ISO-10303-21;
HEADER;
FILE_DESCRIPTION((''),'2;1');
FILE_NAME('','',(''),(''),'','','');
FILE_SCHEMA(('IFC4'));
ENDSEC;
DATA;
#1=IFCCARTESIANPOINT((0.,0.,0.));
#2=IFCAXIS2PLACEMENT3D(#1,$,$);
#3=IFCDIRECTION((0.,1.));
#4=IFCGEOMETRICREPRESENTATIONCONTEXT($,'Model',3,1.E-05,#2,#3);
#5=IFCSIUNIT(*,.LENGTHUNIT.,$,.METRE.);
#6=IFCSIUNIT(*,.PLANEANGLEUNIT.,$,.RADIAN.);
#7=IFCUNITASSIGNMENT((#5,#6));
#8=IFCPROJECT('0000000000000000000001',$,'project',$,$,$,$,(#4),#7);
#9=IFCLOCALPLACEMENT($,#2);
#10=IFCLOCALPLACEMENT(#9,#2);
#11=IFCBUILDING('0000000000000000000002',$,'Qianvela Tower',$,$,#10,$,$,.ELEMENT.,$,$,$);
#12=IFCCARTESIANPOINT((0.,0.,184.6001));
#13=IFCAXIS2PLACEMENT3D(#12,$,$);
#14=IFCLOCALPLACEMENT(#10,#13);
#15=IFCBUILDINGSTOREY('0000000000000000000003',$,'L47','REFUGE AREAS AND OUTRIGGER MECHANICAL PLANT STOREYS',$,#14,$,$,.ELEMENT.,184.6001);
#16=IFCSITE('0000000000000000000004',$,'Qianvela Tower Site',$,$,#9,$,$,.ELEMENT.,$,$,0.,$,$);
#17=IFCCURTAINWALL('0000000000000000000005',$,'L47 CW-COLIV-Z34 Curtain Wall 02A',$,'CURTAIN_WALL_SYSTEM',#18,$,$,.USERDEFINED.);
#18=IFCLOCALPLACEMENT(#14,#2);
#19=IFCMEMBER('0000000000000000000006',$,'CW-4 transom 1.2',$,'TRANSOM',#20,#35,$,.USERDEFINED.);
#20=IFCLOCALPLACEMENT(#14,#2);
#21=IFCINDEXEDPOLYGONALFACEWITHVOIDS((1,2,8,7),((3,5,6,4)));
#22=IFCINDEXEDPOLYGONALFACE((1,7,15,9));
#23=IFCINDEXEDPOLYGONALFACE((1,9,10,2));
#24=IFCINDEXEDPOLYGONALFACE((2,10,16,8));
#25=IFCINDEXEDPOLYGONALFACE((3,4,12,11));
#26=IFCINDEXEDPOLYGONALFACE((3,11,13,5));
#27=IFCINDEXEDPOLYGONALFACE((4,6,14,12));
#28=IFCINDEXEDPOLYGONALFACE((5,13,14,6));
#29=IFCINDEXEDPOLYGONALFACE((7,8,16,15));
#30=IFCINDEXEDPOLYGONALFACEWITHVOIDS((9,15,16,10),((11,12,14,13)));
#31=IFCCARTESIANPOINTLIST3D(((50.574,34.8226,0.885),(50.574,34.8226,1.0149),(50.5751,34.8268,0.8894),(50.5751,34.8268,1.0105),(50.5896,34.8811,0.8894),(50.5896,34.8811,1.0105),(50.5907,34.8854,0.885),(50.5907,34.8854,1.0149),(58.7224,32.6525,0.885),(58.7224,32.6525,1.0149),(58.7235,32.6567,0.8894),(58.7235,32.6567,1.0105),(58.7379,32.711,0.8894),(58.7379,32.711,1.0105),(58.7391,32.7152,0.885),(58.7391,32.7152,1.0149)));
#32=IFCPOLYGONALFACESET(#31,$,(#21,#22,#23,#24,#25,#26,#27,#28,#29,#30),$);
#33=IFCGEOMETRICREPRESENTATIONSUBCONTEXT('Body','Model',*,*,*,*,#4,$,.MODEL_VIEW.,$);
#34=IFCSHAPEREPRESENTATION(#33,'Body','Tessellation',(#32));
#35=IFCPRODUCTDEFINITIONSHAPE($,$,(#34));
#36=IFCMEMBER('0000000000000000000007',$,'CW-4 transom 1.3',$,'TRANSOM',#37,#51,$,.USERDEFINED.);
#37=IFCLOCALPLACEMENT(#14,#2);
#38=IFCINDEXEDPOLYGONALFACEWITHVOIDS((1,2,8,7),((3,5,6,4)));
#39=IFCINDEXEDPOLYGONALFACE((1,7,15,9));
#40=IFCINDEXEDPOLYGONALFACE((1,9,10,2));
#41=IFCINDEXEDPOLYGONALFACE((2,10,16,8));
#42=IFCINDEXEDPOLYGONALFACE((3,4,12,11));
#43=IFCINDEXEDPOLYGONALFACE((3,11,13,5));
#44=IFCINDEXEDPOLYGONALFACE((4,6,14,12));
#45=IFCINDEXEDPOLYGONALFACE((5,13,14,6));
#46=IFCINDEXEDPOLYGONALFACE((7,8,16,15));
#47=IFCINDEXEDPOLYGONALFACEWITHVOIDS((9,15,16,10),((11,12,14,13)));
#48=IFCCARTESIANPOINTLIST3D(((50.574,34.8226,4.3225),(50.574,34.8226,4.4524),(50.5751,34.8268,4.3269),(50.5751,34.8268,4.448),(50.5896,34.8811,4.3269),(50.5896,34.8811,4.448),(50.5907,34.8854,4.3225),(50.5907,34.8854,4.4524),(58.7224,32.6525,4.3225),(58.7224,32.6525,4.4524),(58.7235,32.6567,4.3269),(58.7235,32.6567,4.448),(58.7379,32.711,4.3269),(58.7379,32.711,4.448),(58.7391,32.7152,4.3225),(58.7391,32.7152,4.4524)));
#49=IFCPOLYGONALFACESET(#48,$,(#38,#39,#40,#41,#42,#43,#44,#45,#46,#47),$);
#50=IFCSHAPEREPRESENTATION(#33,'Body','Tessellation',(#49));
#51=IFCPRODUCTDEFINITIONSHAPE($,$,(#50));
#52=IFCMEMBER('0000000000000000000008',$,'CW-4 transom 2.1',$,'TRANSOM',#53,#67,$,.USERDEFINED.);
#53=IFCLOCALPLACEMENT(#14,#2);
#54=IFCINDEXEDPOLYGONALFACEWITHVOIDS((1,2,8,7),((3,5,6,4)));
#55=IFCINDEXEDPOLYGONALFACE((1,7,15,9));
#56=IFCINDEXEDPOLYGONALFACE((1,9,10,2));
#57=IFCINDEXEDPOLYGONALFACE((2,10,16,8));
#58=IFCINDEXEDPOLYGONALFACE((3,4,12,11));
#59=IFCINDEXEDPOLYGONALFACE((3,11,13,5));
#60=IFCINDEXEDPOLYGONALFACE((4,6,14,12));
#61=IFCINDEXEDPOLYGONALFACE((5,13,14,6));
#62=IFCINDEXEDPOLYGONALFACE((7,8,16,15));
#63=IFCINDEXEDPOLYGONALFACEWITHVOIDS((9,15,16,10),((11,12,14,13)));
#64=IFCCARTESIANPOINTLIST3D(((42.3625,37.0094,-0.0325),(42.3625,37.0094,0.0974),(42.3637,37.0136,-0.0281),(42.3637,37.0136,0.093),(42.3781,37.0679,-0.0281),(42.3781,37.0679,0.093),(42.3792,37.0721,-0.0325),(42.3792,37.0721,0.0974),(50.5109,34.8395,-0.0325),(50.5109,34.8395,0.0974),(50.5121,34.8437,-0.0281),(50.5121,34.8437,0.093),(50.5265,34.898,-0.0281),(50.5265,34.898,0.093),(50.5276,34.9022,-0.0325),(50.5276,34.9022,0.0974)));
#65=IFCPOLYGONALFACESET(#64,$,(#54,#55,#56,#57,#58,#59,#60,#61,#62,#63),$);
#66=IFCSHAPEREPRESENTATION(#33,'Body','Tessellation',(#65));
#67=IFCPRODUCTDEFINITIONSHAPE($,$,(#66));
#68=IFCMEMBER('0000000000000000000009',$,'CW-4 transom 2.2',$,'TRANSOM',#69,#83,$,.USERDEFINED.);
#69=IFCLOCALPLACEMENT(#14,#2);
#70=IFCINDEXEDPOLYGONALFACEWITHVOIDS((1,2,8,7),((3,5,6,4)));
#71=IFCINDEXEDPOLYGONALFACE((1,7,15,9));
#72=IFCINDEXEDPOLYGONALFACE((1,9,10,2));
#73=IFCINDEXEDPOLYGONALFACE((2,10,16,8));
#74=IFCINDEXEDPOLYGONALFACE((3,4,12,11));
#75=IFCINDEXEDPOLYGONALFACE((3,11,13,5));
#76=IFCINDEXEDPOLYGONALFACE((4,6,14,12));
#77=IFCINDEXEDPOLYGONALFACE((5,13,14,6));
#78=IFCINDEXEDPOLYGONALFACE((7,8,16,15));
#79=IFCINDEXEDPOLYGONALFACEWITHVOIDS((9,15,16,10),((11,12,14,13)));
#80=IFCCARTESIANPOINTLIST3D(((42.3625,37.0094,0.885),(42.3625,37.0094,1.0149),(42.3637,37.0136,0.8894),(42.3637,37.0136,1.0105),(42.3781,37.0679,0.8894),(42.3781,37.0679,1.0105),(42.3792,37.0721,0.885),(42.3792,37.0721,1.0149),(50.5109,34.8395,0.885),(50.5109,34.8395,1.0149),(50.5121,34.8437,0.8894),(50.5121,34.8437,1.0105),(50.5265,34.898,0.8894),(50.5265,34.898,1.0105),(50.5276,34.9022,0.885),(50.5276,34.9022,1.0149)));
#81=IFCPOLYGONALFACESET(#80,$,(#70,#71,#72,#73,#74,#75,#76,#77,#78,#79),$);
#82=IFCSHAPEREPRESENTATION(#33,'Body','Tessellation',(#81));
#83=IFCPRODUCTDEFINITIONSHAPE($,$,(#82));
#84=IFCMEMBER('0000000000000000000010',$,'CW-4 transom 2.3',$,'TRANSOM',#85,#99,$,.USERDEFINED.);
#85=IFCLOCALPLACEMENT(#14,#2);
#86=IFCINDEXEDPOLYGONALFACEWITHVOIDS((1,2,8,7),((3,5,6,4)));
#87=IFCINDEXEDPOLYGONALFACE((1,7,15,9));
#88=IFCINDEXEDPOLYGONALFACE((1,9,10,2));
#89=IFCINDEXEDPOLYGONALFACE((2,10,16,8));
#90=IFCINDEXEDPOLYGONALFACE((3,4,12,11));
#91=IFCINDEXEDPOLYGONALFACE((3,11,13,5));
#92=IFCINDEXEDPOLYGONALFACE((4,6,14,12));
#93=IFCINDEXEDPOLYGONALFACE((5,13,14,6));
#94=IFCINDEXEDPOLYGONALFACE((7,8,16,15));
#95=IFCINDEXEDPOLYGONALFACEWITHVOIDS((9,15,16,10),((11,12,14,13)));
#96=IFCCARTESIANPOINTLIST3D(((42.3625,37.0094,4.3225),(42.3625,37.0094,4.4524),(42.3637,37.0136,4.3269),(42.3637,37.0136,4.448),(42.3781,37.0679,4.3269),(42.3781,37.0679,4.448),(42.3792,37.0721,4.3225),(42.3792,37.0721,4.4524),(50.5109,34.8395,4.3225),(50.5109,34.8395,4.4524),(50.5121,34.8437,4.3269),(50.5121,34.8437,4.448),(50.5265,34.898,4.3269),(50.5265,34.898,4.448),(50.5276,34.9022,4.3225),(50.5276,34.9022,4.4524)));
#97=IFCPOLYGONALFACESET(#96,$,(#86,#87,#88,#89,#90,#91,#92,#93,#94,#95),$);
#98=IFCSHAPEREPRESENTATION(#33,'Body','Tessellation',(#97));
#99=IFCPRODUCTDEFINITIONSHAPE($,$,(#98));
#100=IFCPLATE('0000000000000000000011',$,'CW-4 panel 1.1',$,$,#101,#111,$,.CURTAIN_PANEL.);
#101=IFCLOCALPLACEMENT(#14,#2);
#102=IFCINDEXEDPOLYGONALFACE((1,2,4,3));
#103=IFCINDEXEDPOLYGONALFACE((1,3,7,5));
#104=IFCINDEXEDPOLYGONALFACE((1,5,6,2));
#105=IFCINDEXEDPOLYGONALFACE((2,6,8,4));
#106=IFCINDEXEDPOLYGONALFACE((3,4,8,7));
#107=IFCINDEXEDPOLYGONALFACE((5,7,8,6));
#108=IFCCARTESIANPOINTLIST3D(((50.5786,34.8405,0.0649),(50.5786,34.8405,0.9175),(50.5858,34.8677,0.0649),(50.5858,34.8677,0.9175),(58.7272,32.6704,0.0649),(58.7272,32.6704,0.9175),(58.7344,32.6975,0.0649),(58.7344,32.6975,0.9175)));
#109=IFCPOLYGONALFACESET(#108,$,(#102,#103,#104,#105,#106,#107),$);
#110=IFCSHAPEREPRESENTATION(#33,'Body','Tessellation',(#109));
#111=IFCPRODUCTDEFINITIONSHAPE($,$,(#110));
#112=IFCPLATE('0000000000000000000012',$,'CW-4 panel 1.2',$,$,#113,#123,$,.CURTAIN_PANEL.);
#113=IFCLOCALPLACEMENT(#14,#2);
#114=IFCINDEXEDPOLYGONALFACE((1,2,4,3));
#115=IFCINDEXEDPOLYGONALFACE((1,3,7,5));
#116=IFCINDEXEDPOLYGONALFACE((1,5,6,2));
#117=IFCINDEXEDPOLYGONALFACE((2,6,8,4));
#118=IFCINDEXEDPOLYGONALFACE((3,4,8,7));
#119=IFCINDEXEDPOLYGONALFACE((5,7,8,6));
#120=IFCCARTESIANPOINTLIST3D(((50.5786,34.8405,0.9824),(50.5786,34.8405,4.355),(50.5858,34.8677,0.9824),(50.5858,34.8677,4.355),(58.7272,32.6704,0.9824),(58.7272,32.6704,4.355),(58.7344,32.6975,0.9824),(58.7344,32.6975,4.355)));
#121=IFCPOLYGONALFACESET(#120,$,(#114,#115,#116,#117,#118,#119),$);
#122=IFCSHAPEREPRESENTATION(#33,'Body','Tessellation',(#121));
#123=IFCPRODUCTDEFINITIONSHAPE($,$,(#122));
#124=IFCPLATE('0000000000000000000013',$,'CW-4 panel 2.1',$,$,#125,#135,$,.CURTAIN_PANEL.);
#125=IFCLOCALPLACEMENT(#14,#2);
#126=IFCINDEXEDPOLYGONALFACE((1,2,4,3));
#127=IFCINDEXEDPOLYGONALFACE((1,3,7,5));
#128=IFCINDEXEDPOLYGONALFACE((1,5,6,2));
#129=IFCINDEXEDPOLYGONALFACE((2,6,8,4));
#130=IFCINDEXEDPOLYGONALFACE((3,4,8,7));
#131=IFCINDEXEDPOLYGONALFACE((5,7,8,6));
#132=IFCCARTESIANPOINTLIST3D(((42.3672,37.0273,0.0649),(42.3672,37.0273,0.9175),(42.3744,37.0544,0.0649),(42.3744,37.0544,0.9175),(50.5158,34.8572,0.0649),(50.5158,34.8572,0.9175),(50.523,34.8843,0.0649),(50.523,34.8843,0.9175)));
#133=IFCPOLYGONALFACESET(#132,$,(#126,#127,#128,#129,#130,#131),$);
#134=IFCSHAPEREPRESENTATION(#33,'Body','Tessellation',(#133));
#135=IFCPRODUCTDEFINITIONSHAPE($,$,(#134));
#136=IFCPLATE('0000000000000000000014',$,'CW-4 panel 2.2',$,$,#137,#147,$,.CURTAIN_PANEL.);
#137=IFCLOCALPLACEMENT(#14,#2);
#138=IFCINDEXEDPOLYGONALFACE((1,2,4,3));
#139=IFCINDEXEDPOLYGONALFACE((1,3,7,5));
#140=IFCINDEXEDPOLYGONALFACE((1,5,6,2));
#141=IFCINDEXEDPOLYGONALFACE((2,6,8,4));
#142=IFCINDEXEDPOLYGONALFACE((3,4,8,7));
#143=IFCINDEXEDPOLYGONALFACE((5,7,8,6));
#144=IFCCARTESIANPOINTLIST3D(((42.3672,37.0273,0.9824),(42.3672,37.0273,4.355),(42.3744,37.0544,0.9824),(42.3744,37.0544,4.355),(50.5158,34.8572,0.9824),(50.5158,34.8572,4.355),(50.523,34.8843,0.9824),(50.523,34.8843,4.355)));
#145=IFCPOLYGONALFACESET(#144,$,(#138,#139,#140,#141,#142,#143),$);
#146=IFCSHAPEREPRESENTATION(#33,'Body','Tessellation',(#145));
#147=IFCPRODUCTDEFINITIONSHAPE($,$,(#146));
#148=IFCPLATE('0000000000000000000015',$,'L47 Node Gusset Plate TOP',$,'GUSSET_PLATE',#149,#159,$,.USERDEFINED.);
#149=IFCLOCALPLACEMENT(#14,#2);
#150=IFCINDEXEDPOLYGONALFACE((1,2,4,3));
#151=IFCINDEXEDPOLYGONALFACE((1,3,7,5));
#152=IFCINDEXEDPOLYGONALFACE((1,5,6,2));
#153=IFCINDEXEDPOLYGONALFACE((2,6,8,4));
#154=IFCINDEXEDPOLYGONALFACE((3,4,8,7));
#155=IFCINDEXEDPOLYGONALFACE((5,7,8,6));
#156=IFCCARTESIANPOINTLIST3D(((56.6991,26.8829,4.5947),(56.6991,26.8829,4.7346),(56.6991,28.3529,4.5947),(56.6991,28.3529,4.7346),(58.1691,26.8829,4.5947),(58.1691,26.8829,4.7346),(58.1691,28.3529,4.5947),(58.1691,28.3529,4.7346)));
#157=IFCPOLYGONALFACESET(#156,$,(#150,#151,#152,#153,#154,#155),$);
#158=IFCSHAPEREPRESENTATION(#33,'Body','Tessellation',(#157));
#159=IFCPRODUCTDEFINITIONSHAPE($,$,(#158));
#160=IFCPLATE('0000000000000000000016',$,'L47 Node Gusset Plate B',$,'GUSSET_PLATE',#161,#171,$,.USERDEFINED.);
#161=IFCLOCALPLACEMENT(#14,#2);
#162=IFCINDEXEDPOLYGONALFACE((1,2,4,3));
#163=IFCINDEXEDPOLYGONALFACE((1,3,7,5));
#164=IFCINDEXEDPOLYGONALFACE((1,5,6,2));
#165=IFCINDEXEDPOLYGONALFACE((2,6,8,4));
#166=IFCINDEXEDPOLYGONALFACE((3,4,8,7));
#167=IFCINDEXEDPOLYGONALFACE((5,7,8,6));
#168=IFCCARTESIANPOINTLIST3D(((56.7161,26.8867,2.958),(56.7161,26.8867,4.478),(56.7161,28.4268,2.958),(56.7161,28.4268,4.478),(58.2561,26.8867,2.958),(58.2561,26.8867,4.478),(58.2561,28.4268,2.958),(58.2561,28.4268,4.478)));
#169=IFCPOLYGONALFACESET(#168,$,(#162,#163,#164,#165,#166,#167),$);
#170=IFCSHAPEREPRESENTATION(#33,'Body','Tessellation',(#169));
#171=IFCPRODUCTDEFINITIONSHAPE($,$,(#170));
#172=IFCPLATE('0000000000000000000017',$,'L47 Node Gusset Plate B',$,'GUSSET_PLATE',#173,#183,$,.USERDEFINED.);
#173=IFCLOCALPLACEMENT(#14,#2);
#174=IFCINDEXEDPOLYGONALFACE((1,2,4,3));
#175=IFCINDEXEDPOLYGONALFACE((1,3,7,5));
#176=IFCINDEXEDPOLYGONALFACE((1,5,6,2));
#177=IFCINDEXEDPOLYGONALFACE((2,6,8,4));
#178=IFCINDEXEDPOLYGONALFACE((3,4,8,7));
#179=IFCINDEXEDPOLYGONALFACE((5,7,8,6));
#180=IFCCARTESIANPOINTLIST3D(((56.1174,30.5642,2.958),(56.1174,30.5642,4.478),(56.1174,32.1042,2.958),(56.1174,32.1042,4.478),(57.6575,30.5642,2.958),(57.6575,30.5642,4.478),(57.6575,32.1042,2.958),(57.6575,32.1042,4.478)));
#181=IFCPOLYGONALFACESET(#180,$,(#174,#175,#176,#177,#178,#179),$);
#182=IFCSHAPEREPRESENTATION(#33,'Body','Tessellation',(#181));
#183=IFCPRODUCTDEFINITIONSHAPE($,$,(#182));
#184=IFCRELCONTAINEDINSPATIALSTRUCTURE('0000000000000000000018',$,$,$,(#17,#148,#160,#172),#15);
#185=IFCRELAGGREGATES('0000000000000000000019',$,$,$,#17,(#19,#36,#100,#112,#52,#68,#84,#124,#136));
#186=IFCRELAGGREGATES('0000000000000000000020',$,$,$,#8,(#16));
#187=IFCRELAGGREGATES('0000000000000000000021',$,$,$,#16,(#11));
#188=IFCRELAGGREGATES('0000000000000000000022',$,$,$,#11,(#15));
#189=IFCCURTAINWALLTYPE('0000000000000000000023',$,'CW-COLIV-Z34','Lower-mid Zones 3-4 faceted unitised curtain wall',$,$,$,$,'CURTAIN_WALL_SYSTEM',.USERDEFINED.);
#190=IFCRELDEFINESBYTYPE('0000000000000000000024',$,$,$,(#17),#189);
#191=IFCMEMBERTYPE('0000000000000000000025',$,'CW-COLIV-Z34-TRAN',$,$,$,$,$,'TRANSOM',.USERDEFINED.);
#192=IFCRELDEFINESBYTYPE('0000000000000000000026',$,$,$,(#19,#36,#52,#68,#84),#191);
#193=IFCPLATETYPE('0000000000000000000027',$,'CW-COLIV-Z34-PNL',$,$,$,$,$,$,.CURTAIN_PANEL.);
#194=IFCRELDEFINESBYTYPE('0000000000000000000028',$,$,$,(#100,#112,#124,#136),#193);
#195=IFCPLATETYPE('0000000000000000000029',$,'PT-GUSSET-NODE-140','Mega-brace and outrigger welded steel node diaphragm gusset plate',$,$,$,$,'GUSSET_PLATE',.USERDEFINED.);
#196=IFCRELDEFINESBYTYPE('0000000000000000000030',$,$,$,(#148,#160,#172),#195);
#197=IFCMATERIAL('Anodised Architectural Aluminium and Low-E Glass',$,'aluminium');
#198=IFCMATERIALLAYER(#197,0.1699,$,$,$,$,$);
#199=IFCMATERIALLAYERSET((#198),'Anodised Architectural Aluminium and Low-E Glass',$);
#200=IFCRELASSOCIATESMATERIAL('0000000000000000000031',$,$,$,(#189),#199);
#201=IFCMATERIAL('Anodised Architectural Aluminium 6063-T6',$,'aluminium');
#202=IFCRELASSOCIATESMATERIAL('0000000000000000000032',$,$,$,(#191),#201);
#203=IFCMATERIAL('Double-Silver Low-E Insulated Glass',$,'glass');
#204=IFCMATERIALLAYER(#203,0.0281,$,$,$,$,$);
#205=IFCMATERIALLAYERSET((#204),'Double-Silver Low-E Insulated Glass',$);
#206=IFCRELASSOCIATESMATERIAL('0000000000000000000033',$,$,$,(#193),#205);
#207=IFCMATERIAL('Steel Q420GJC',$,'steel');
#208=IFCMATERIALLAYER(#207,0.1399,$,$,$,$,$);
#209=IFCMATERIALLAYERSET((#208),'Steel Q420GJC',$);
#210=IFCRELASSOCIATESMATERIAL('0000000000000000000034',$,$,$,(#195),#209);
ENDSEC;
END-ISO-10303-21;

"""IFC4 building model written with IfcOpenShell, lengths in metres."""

from ifc_helpers import new_model, si_unit, direction, frame, origin, origin_2d, place, context, subcontext, project, spatial, rectangle, hollow_rectangle, extrude, material, layer, layer_set, material_profile, profile_set, type_object, element, aggregate, save


model = new_model("IFC4")

# Units and contexts
model_context = context("Model", 3, precision=1e-05, world=origin(), true_north=direction((0.0, 1.0)))
body_context = subcontext(model_context, "Body", "Model", "MODEL_VIEW")
ifc_project = project(units=[si_unit("LENGTHUNIT", "METRE"), si_unit("PLANEANGLEUNIT", "RADIAN")], contexts=[model_context])

# Site, building, storey
site_placement = place(None, origin())
site = spatial("IfcSite", under=ifc_project, at=site_placement, Name="Qianvela Tower Site", CompositionType="ELEMENT", RefElevation=0.0)
building_placement = place(site_placement, origin())
building = spatial("IfcBuilding", under=site, at=building_placement, Name="Qianvela Tower", CompositionType="ELEMENT")
storey_placement = place(building_placement, frame((0.0, 0.0, 184.6001)))
storey = spatial("IfcBuildingStorey", under=building, at=storey_placement, Name="L47", Description="REFUGE AREAS AND OUTRIGGER MECHANICAL PLANT STOREYS", CompositionType="ELEMENT", Elevation=184.6001)

# Curtain wall
ifc_material_1 = material(Name="Anodised Architectural Aluminium and Low-E Glass", Category="aluminium")
ifc_layer_1 = layer(ifc_material_1, 0.1699)
ifc_layer_set_1 = layer_set([ifc_layer_1], Name="Anodised Architectural Aluminium and Low-E Glass")
curtain_wall_type = type_object("IfcCurtainWallType", Name="CW-COLIV-Z34", Description="Lower-mid Zones 3-4 faceted unitised curtain wall", ElementType="CURTAIN_WALL_SYSTEM", PredefinedType="USERDEFINED", material=ifc_layer_set_1)
curtain_wall_1_placement = place(storey_placement, origin())
curtain_wall_1 = element("IfcCurtainWall", 1, at=curtain_wall_1_placement, inside=storey, type_object=curtain_wall_type, Name="L47 CW-COLIV-Z34 Curtain Wall 02A", ObjectType="CURTAIN_WALL_SYSTEM", PredefinedType="USERDEFINED")

# Members
ifc_material_2 = material(Name="Anodised Architectural Aluminium 6063-T6", Category="aluminium")
ifc_material_profile_1 = material_profile(ifc_material_2, hollow_rectangle(XDim=0.0649, YDim=0.1299, WallThickness=0.0044, at=origin_2d()), Name="ALU-TRAN-65x130")
ifc_profile_set_1 = profile_set([ifc_material_profile_1], Name="Anodised Architectural Aluminium 6063-T6")
member_type_1 = type_object("IfcMemberType", Name="CW-COLIV-Z34-TRAN", ElementType="TRANSOM", PredefinedType="USERDEFINED", material=ifc_profile_set_1)
member_1_placement = place(storey_placement, frame((58.7307, 32.6838, 0.95), z_axis=(-0.966316, 0.257358, 0.0), x_axis=(-0.257358, -0.966316, 0.0)))
member_1 = element("IfcMember", 2, at=member_1_placement, type_object=member_type_1, Name="CW-4 transom 1.2", ObjectType="TRANSOM", PredefinedType="USERDEFINED", context=body_context, shape_type="SweptSolid", body=[
    extrude(hollow_rectangle(XDim=0.0649, YDim=0.1299, WallThickness=0.0044, at=origin_2d()), origin(), (0.0, 0.0, 1.0), 8.4324),
])
member_2_placement = place(storey_placement, frame((58.7307, 32.6838, 4.3875), z_axis=(-0.966316, 0.257358, 0.0), x_axis=(-0.257358, -0.966316, 0.0)))
member_2 = element("IfcMember", 3, at=member_2_placement, type_object=member_type_1, Name="CW-4 transom 1.3", ObjectType="TRANSOM", PredefinedType="USERDEFINED", context=body_context, shape_type="SweptSolid", body=[
    extrude(hollow_rectangle(XDim=0.0649, YDim=0.1299, WallThickness=0.0044, at=origin_2d()), origin(), (0.0, 0.0, 1.0), 8.4324),
])
member_3_placement = place(storey_placement, frame((50.5193, 34.8708, 0.0325), z_axis=(-0.966323, 0.257331, 0.0), x_axis=(-0.257331, -0.966323, 0.0)))
member_3 = element("IfcMember", 4, at=member_3_placement, type_object=member_type_1, Name="CW-4 transom 2.1", ObjectType="TRANSOM", PredefinedType="USERDEFINED", context=body_context, shape_type="SweptSolid", body=[
    extrude(hollow_rectangle(XDim=0.0649, YDim=0.1299, WallThickness=0.0044, at=origin_2d()), origin(), (0.0, 0.0, 1.0), 8.4324),
])
member_4_placement = place(storey_placement, frame((50.5193, 34.8708, 0.95), z_axis=(-0.966323, 0.257331, 0.0), x_axis=(-0.257331, -0.966323, 0.0)))
member_4 = element("IfcMember", 5, at=member_4_placement, type_object=member_type_1, Name="CW-4 transom 2.2", ObjectType="TRANSOM", PredefinedType="USERDEFINED", context=body_context, shape_type="SweptSolid", body=[
    extrude(hollow_rectangle(XDim=0.0649, YDim=0.1299, WallThickness=0.0044, at=origin_2d()), origin(), (0.0, 0.0, 1.0), 8.4324),
])
member_5_placement = place(storey_placement, frame((50.5193, 34.8708, 4.3875), z_axis=(-0.966323, 0.257331, 0.0), x_axis=(-0.257331, -0.966323, 0.0)))
member_5 = element("IfcMember", 6, at=member_5_placement, type_object=member_type_1, Name="CW-4 transom 2.3", ObjectType="TRANSOM", PredefinedType="USERDEFINED", context=body_context, shape_type="SweptSolid", body=[
    extrude(hollow_rectangle(XDim=0.0649, YDim=0.1299, WallThickness=0.0044, at=origin_2d()), origin(), (0.0, 0.0, 1.0), 8.4324),
])

# Plates
ifc_material_3 = material(Name="Double-Silver Low-E Insulated Glass", Category="glass")
ifc_layer_2 = layer(ifc_material_3, 0.0281)
ifc_layer_set_2 = layer_set([ifc_layer_2], Name="Double-Silver Low-E Insulated Glass")
plate_type_1 = type_object("IfcPlateType", Name="CW-COLIV-Z34-PNL", PredefinedType="CURTAIN_PANEL", material=ifc_layer_set_2)
plate_1_placement = place(storey_placement, frame((54.6565, 33.769, 0.0649), z_axis=(0.0, 0.0, 1.0), x_axis=(-0.966318, 0.25735, 0.0)))
plate_1 = element("IfcPlate", 7, at=plate_1_placement, type_object=plate_type_1, Name="CW-4 panel 1.1", PredefinedType="CURTAIN_PANEL", context=body_context, shape_type="SweptSolid", body=[
    extrude(rectangle(XDim=8.4326, YDim=0.0281, at=origin_2d()), origin(), (0.0, 0.0, 1.0), 0.8525),
])
plate_2_placement = place(storey_placement, frame((54.6565, 33.769, 0.9824), z_axis=(0.0, 0.0, 1.0), x_axis=(-0.966318, 0.25735, 0.0)))
plate_2 = element("IfcPlate", 8, at=plate_2_placement, type_object=plate_type_1, Name="CW-4 panel 1.2", PredefinedType="CURTAIN_PANEL", context=body_context, shape_type="SweptSolid", body=[
    extrude(rectangle(XDim=8.4326, YDim=0.0281, at=origin_2d()), origin(), (0.0, 0.0, 1.0), 3.3726),
])
plate_3_placement = place(storey_placement, frame((46.4451, 35.9558, 0.0649), z_axis=(0.0, 0.0, 1.0), x_axis=(-0.966318, 0.25735, 0.0)))
plate_3 = element("IfcPlate", 9, at=plate_3_placement, type_object=plate_type_1, Name="CW-4 panel 2.1", PredefinedType="CURTAIN_PANEL", context=body_context, shape_type="SweptSolid", body=[
    extrude(rectangle(XDim=8.4326, YDim=0.0281, at=origin_2d()), origin(), (0.0, 0.0, 1.0), 0.8525),
])
plate_4_placement = place(storey_placement, frame((46.4451, 35.9558, 0.9824), z_axis=(0.0, 0.0, 1.0), x_axis=(-0.966318, 0.25735, 0.0)))
plate_4 = element("IfcPlate", 10, at=plate_4_placement, type_object=plate_type_1, Name="CW-4 panel 2.2", PredefinedType="CURTAIN_PANEL", context=body_context, shape_type="SweptSolid", body=[
    extrude(rectangle(XDim=8.4326, YDim=0.0281, at=origin_2d()), origin(), (0.0, 0.0, 1.0), 3.3726),
])
aggregate(curtain_wall_1, [member_1, member_2, plate_1, plate_2, member_3, member_4, member_5, plate_3, plate_4])

# Plates
ifc_material_4 = material(Name="Steel Q420GJC", Category="steel")
ifc_layer_3 = layer(ifc_material_4, 0.1399)
ifc_layer_set_3 = layer_set([ifc_layer_3], Name="Steel Q420GJC")
plate_type_2 = type_object("IfcPlateType", Name="PT-GUSSET-NODE-140", Description="Mega-brace and outrigger welded steel node diaphragm gusset plate", ElementType="GUSSET_PLATE", PredefinedType="USERDEFINED", material=ifc_layer_set_3)
plate_5_placement = place(storey_placement, frame((57.4341, 27.6179, 4.5947), z_axis=(0.0, 0.0, 1.0), x_axis=(1.0, 0.0, 0.0)))
element("IfcPlate", 11, at=plate_5_placement, inside=storey, type_object=plate_type_2, Name="L47 Node Gusset Plate TOP", ObjectType="GUSSET_PLATE", PredefinedType="USERDEFINED", context=body_context, shape_type="SweptSolid", body=[
    extrude(rectangle(XDim=1.47, YDim=1.47, at=origin_2d()), origin(), (0.0, 0.0, 1.0), 0.1399),
])
for number, where, z_axis, x_axis, name in (
    (12, (57.4861, 27.6567, 2.958), (0.0, 0.0, 1.0), (1.0, 0.0, 0.0), "L47 Node Gusset Plate B"),
    (13, (56.8875, 31.3342, 2.958), (0.0, 0.0, 1.0), (1.0, 0.0, 0.0), "L47 Node Gusset Plate B"),
):
    element("IfcPlate", number, at=place(storey_placement, frame(where, z_axis=z_axis, x_axis=x_axis)), inside=storey, type_object=plate_type_2, Name=name, ObjectType="GUSSET_PLATE", PredefinedType="USERDEFINED", context=body_context, shape_type="SweptSolid", body=[
        extrude(rectangle(XDim=1.54, YDim=1.54, at=origin_2d()), origin(), (0.0, 0.0, 1.0), 1.52),
    ])

save(model, "model.ifc")
